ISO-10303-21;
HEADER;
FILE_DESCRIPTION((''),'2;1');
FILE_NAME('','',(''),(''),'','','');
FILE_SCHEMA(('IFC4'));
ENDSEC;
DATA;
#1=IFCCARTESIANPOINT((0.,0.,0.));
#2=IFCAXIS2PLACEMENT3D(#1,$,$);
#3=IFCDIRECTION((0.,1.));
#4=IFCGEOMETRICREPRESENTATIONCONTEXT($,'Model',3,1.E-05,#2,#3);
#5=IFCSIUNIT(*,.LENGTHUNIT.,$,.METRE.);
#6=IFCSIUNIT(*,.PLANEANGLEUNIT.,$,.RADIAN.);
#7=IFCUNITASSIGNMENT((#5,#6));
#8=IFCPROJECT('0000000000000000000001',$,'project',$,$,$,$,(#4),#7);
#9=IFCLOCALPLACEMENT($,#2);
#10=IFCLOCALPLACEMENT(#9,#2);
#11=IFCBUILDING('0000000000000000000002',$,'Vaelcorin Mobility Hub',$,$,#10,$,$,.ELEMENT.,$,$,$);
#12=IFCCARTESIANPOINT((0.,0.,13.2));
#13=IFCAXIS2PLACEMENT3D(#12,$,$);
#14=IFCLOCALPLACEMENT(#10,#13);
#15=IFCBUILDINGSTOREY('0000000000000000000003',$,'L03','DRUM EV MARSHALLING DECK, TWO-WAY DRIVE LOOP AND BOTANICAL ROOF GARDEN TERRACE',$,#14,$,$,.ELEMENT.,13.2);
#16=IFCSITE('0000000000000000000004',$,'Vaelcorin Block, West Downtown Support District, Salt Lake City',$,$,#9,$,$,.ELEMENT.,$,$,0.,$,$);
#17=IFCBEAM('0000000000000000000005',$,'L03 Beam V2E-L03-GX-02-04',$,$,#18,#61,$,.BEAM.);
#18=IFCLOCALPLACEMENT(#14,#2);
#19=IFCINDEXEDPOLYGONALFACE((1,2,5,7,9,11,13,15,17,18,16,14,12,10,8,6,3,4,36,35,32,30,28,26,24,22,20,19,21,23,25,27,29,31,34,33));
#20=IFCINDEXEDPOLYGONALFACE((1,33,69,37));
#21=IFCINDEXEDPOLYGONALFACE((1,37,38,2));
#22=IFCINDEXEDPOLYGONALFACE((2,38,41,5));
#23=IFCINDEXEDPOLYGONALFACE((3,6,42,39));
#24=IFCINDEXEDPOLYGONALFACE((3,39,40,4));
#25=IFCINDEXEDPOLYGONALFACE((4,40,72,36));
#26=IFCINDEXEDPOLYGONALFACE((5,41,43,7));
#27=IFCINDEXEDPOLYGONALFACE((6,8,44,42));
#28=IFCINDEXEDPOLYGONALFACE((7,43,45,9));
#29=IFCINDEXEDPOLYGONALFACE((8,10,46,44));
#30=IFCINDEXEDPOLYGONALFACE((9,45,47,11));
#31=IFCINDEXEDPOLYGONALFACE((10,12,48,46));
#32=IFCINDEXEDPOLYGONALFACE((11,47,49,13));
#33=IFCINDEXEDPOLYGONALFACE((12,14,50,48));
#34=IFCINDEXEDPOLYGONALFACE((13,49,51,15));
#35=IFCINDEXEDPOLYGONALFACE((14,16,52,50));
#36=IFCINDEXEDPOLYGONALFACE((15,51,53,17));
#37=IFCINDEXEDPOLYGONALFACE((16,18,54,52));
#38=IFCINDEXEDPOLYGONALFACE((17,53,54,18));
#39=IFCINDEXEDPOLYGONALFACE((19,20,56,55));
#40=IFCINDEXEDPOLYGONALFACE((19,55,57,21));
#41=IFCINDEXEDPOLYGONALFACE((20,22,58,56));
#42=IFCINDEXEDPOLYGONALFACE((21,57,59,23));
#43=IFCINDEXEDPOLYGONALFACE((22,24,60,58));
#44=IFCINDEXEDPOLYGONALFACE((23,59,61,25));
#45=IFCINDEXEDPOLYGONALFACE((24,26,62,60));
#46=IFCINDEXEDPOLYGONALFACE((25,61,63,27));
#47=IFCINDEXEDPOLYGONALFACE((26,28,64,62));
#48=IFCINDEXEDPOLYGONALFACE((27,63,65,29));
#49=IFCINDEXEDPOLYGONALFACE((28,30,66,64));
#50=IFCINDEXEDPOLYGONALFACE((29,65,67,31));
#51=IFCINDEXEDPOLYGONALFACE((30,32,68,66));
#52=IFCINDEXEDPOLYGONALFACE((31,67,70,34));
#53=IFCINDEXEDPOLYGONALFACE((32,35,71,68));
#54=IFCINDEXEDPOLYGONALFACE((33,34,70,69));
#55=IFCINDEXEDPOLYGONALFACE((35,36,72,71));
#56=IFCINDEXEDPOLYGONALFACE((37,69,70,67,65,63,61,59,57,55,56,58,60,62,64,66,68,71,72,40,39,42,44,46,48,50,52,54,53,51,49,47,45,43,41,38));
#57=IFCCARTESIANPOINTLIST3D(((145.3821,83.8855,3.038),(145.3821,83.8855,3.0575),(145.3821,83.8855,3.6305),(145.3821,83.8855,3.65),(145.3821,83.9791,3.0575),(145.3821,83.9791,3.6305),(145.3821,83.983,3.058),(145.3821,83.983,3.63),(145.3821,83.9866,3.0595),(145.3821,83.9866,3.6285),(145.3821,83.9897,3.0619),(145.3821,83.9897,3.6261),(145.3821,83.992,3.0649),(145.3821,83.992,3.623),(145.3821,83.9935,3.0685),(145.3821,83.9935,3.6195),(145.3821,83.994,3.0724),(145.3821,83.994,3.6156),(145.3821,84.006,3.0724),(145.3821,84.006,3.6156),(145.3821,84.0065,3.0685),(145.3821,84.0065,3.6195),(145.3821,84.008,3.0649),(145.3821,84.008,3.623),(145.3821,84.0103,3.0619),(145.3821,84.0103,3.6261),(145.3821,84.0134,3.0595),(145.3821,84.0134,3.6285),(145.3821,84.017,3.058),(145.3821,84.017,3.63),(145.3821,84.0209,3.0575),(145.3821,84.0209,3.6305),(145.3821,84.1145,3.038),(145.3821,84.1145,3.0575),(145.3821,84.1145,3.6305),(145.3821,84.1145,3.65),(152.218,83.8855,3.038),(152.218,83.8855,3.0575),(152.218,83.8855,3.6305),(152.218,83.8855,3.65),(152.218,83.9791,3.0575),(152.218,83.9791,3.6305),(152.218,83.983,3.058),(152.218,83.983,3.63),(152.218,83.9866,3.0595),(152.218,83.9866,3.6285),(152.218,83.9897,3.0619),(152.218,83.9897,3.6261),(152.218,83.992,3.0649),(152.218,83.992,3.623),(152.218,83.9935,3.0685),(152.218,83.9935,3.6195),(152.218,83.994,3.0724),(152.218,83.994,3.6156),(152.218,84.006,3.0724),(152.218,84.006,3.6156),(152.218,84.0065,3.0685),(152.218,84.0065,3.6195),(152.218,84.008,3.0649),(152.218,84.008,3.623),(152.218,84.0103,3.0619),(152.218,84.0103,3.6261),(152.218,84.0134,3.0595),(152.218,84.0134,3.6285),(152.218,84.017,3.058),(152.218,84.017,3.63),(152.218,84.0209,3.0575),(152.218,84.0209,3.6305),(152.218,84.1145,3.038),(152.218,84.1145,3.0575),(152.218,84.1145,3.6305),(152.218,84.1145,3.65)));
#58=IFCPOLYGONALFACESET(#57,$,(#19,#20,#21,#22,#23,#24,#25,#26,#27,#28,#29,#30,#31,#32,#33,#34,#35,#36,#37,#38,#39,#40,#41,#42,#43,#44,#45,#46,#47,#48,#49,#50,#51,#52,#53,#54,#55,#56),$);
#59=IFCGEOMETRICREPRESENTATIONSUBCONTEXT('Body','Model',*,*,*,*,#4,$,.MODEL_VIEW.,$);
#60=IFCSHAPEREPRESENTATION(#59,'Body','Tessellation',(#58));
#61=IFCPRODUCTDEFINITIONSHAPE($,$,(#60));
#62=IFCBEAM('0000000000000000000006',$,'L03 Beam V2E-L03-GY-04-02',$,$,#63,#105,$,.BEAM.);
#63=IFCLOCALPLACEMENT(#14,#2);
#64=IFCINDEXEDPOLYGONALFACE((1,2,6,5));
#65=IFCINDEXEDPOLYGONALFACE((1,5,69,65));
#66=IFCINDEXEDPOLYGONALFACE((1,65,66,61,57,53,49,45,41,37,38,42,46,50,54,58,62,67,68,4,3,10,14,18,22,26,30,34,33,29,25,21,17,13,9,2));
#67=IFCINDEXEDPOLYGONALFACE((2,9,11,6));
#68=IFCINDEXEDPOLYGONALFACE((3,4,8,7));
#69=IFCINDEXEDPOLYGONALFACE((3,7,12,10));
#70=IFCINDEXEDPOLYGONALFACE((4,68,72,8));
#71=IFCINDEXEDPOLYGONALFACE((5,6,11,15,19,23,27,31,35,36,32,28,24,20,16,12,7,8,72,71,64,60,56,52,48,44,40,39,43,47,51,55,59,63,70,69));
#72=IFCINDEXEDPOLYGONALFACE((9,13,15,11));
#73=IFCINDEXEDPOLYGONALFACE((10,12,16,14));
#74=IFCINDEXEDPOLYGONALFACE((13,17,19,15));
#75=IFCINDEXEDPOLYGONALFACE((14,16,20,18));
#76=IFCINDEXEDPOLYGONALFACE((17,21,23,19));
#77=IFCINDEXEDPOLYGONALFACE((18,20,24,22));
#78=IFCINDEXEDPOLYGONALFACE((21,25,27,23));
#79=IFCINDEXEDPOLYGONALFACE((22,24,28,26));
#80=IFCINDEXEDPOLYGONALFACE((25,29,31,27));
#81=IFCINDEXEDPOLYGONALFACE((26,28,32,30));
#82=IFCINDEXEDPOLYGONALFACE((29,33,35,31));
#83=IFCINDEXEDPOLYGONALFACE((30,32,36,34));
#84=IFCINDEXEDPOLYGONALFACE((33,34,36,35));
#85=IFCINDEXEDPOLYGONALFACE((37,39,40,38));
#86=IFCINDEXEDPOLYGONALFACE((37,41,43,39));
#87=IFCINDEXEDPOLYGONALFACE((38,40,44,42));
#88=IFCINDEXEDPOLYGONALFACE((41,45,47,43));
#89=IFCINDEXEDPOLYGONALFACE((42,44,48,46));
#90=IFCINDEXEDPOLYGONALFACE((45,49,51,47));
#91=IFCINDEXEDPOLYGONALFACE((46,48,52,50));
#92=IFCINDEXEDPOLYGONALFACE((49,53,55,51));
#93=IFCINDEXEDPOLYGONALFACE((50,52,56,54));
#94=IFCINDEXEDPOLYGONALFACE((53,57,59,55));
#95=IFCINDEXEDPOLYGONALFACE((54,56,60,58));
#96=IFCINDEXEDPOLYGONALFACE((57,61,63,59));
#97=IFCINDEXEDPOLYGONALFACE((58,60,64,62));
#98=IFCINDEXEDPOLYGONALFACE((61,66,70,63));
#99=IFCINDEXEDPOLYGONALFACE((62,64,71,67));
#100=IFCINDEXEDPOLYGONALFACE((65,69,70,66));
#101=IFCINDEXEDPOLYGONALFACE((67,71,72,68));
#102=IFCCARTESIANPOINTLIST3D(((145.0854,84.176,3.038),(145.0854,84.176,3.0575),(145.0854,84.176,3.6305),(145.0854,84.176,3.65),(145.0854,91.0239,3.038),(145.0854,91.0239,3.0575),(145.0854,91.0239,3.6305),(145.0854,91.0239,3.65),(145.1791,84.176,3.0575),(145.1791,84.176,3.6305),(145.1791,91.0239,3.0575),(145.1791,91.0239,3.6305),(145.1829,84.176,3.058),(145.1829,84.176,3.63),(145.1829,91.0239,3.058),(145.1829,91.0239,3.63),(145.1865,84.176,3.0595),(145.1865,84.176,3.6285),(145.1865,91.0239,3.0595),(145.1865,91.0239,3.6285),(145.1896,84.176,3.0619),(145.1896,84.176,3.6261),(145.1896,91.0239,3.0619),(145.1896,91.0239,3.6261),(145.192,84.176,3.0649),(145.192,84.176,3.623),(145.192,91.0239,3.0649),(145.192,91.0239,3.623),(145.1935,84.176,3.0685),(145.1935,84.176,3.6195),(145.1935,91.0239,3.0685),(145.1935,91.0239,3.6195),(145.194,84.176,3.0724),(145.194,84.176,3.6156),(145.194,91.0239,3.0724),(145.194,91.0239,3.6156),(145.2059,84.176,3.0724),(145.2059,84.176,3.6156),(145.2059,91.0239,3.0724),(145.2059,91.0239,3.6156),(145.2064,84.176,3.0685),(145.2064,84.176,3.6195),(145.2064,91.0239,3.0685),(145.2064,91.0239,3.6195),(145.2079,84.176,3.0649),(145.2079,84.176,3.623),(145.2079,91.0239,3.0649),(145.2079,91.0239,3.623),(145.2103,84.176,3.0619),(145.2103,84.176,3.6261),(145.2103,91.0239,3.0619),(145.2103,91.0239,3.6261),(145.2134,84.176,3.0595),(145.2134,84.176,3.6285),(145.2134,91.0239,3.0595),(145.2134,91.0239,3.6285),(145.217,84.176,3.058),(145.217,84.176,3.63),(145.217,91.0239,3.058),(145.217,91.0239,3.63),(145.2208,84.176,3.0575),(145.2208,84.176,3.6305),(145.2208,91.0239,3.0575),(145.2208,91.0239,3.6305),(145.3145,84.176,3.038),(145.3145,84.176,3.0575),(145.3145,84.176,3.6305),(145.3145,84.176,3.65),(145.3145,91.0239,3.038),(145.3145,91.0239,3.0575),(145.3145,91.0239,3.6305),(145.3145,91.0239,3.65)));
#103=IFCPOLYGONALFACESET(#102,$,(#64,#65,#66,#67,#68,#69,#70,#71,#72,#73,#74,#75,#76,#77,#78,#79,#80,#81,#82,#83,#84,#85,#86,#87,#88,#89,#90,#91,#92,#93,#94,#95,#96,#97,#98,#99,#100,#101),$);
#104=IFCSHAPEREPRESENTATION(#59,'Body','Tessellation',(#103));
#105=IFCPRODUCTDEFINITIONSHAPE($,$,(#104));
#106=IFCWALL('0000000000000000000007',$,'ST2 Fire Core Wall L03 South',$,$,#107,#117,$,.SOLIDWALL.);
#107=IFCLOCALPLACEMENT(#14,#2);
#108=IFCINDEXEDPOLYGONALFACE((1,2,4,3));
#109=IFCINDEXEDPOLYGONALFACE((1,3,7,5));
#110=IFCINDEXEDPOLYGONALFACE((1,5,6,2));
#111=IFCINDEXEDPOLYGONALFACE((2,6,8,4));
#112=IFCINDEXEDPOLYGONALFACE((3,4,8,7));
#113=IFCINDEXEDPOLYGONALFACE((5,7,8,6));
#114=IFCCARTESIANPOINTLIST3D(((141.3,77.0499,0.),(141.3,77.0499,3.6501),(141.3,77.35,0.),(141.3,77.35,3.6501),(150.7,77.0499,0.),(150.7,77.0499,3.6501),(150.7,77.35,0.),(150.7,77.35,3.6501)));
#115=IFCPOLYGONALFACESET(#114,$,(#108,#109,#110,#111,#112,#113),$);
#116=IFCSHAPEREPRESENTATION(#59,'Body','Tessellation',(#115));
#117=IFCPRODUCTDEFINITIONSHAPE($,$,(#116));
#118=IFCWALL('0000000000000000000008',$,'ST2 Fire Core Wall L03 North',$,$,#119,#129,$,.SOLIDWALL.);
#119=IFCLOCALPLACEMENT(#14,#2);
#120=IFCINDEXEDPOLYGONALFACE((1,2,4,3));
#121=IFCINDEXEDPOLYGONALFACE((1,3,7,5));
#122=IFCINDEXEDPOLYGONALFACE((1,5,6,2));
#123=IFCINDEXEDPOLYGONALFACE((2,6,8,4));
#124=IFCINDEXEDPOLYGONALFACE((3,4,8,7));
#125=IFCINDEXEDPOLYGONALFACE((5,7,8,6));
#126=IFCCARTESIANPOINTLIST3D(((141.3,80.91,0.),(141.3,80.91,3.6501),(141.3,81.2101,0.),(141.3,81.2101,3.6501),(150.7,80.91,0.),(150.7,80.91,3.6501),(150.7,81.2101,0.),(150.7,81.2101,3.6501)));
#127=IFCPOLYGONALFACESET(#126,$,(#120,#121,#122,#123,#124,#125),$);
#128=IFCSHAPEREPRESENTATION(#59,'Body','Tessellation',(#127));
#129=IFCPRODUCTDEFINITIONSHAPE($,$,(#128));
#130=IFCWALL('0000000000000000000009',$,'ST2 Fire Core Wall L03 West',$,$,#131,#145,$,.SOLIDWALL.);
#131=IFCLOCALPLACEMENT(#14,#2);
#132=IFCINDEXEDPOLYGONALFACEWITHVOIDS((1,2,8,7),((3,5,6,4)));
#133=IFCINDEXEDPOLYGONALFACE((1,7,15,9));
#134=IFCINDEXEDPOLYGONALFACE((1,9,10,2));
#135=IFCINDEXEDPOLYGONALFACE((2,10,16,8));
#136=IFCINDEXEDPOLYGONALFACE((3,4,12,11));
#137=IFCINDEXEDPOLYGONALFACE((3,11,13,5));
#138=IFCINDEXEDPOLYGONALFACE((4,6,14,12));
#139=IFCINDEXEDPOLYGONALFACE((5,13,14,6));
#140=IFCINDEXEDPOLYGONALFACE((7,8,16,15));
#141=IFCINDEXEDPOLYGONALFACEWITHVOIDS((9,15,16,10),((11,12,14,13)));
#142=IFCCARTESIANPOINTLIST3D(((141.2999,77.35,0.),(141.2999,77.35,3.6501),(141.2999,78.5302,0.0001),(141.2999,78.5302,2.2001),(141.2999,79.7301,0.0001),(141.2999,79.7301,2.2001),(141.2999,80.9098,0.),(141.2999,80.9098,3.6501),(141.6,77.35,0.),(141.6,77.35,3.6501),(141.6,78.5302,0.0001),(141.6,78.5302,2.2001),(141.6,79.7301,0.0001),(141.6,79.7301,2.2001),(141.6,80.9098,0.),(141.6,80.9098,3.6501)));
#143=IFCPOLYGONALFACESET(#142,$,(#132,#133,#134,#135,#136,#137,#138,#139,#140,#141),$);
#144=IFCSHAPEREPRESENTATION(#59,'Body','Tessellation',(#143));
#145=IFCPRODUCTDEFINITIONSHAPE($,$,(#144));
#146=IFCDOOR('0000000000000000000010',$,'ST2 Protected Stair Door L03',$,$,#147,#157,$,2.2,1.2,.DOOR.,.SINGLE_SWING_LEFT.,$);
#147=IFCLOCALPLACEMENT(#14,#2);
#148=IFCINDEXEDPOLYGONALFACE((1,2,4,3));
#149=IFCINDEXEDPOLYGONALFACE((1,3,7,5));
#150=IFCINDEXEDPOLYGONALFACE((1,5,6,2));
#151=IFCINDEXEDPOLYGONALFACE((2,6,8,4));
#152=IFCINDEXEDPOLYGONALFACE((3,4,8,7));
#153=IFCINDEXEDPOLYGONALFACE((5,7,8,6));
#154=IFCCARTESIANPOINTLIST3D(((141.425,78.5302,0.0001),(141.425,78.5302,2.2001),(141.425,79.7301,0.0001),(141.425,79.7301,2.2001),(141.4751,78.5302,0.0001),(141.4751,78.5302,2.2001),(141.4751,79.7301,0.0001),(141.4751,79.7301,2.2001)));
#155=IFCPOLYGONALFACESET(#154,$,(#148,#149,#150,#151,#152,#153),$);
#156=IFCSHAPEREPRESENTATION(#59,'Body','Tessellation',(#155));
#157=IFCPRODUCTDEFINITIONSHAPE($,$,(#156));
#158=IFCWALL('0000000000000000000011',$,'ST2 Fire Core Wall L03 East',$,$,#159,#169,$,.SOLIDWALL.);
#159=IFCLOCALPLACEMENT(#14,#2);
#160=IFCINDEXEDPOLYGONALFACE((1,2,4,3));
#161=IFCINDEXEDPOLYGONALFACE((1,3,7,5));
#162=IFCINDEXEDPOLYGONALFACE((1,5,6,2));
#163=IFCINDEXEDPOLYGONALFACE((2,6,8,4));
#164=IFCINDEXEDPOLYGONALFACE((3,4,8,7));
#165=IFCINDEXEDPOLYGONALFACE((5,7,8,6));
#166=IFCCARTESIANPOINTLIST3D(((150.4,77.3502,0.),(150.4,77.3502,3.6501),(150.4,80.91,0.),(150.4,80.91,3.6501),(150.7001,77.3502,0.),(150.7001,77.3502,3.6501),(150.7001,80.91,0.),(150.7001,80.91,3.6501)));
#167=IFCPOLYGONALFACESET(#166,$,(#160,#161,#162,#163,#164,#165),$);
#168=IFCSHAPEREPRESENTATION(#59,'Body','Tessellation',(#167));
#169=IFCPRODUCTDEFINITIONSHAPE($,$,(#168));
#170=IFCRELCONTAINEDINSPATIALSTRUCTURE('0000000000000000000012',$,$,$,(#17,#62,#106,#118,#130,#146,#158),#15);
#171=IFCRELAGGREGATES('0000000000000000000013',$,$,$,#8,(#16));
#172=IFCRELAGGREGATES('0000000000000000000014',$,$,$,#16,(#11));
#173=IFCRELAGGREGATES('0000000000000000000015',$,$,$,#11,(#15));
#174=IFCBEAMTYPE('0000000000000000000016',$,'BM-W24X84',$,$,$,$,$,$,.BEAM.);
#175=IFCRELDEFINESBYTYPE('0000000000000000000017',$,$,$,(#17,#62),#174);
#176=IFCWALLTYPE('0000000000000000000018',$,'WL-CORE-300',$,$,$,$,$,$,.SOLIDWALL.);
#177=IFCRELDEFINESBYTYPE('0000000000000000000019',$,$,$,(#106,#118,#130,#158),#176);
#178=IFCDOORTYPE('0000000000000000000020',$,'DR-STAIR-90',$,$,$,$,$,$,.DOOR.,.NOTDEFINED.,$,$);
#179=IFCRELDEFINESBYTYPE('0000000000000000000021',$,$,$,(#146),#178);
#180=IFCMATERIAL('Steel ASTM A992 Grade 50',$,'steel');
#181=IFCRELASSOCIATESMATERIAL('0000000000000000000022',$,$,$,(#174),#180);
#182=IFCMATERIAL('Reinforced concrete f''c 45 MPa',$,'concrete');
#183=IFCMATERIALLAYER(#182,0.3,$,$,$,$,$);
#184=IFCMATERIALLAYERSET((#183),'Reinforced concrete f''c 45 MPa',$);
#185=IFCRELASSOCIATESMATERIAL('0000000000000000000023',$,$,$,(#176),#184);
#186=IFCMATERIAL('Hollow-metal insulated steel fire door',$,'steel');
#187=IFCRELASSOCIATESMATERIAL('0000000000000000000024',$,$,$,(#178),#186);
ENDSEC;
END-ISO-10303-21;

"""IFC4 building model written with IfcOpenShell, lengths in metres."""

from ifc_helpers import new_model, si_unit, direction, frame, frame_2d, origin, origin_2d, place, context, subcontext, project, spatial, rectangle, i_section, extrude, material, layer, layer_set, material_profile, profile_set, type_object, element, fill, save


model = new_model("IFC4")

# Units and contexts
model_context = context("Model", 3, precision=1e-05, world=origin(), true_north=direction((0.0, 1.0)))
body_context = subcontext(model_context, "Body", "Model", "MODEL_VIEW")
ifc_project = project(units=[si_unit("LENGTHUNIT", "METRE"), si_unit("PLANEANGLEUNIT", "RADIAN")], contexts=[model_context])

# Site, building, storey
site_placement = place(None, origin())
site = spatial("IfcSite", under=ifc_project, at=site_placement, Name="Vaelcorin Block, West Downtown Support District, Salt Lake City", CompositionType="ELEMENT", RefElevation=0.0)
building_placement = place(site_placement, origin())
building = spatial("IfcBuilding", under=site, at=building_placement, Name="Vaelcorin Mobility Hub", CompositionType="ELEMENT")
storey_placement = place(building_placement, frame((0.0, 0.0, 13.2)))
storey = spatial("IfcBuildingStorey", under=building, at=storey_placement, Name="L03", Description="DRUM EV MARSHALLING DECK, TWO-WAY DRIVE LOOP AND BOTANICAL ROOF GARDEN TERRACE", CompositionType="ELEMENT", Elevation=13.2)

# Shared definitions
ifc_material_1 = material(Name="Steel ASTM A992 Grade 50", Category="steel")

# Beams
ifc_material_profile_1 = material_profile(ifc_material_1, i_section(OverallWidth=0.229, OverallDepth=0.6121, WebThickness=0.012, FlangeThickness=0.0195, FilletRadius=0.0149, at=origin_2d()), Name="W24X84")
ifc_profile_set_1 = profile_set([ifc_material_profile_1], Name="Steel ASTM A992 Grade 50")
beam_type_1 = type_object("IfcBeamType", Name="BM-W24X84", PredefinedType="BEAM", material=ifc_profile_set_1)
beam_1_placement = place(storey_placement, frame((145.3821, 84.0, 3.344), z_axis=(1.0, 0.0, 0.0), x_axis=(0.0, 1.0, 0.0)))
element("IfcBeam", 1, at=beam_1_placement, inside=storey, type_object=beam_type_1, Name="L03 Beam V2E-L03-GX-02-04", PredefinedType="BEAM", context=body_context, shape_type="SweptSolid", body=[
    extrude(i_section(OverallWidth=0.229, OverallDepth=0.6121, WebThickness=0.012, FlangeThickness=0.0195, FilletRadius=0.0149, at=origin_2d()), origin(), (0.0, 0.0, 1.0), 6.8359),
])
beam_2_placement = place(storey_placement, frame((145.2, 84.176, 3.344), z_axis=(0.0, 1.0, 0.0), x_axis=(-1.0, 0.0, 0.0)))
element("IfcBeam", 2, at=beam_2_placement, inside=storey, type_object=beam_type_1, Name="L03 Beam V2E-L03-GY-04-02", PredefinedType="BEAM", context=body_context, shape_type="SweptSolid", body=[
    extrude(i_section(OverallWidth=0.229, OverallDepth=0.6121, WebThickness=0.012, FlangeThickness=0.0195, FilletRadius=0.0149, at=origin_2d()), origin(), (0.0, 0.0, 1.0), 6.8479),
])

# Walls
ifc_material_2 = material(Name="Reinforced concrete f'c 45 MPa", Category="concrete")
ifc_layer_1 = layer(ifc_material_2, 0.3)
ifc_layer_set_1 = layer_set([ifc_layer_1], Name="Reinforced concrete f'c 45 MPa")
wall_type = type_object("IfcWallType", Name="WL-CORE-300", PredefinedType="SOLIDWALL", material=ifc_layer_set_1)
for number, where, z_axis, x_axis, name in (
    (3, (150.7, 77.2, 0.0), (0.0, 0.0, 1.0), (-1.0, 0.0, 0.0), "ST2 Fire Core Wall L03 South"),
    (4, (141.3, 81.0601, 0.0), (0.0, 0.0, 1.0), (1.0, 0.0, 0.0), "ST2 Fire Core Wall L03 North"),
):
    element("IfcWall", number, at=place(storey_placement, frame(where, z_axis=z_axis, x_axis=x_axis)), inside=storey, type_object=wall_type, Name=name, PredefinedType="SOLIDWALL", context=body_context, shape_type="SweptSolid", body=[
        extrude(rectangle(XDim=9.3999, YDim=0.3, at=frame_2d((4.7, 0.0))), origin(), (0.0, 0.0, 1.0), 3.6501),
    ])

# Wall, opening, door
wall_1_placement = place(storey_placement, frame((141.45, 77.3501, 0.0), z_axis=(0.0, 0.0, 1.0), x_axis=(0.0, 1.0, 0.0)))
wall_1 = element("IfcWall", 5, at=wall_1_placement, inside=storey, type_object=wall_type, Name="ST2 Fire Core Wall L03 West", PredefinedType="SOLIDWALL", context=body_context, shape_type="SweptSolid", body=[
    extrude(rectangle(XDim=3.5598, YDim=0.3, at=frame_2d((1.7798, 0.0))), origin(), (0.0, 0.0, 1.0), 3.6501),
])
opening_placement = place(wall_1_placement, frame((1.1799, 0.0, 0.0)))
opening = element("IfcOpeningElement", 6, at=opening_placement, cuts=wall_1, PredefinedType="OPENING", context=body_context, shape_type="SweptSolid", body=[
    extrude(rectangle(XDim=1.2, YDim=2.2, at=frame_2d((0.6001, 1.1001))), frame((0.0, 0.1599, 0.0), z_axis=(0.0, -1.0, 0.0), x_axis=(1.0, 0.0, 0.0)), (0.0, 0.0, 1.0), 0.3201),
])
ifc_material_3 = material(Name="Hollow-metal insulated steel fire door", Category="steel")
door_type = type_object("IfcDoorType", Name="DR-STAIR-90", OperationType="NOTDEFINED", PredefinedType="DOOR", material=ifc_material_3)
door_placement = place(opening_placement, origin())
door = element("IfcDoor", 7, at=door_placement, inside=storey, type_object=door_type, Name="ST2 Protected Stair Door L03", OperationType="SINGLE_SWING_LEFT", OverallHeight=2.2, OverallWidth=1.2, PredefinedType="DOOR", context=body_context, shape_type="SweptSolid", body=[
    extrude(rectangle(XDim=1.2, YDim=2.2, at=frame_2d((0.6001, 1.1001))), frame((0.0, 0.0249, 0.0), z_axis=(0.0, -1.0, 0.0), x_axis=(1.0, 0.0, 0.0)), (0.0, 0.0, 1.0), 0.05),
])
fill(opening, door)

# Wall
wall_2_placement = place(storey_placement, frame((150.55, 80.9099, 0.0), z_axis=(0.0, 0.0, 1.0), x_axis=(0.0, -1.0, 0.0)))
element("IfcWall", 8, at=wall_2_placement, inside=storey, type_object=wall_type, Name="ST2 Fire Core Wall L03 East", PredefinedType="SOLIDWALL", context=body_context, shape_type="SweptSolid", body=[
    extrude(rectangle(XDim=3.5598, YDim=0.3, at=frame_2d((1.7798, 0.0))), origin(), (0.0, 0.0, 1.0), 3.6501),
])

save(model, "model.ifc")
